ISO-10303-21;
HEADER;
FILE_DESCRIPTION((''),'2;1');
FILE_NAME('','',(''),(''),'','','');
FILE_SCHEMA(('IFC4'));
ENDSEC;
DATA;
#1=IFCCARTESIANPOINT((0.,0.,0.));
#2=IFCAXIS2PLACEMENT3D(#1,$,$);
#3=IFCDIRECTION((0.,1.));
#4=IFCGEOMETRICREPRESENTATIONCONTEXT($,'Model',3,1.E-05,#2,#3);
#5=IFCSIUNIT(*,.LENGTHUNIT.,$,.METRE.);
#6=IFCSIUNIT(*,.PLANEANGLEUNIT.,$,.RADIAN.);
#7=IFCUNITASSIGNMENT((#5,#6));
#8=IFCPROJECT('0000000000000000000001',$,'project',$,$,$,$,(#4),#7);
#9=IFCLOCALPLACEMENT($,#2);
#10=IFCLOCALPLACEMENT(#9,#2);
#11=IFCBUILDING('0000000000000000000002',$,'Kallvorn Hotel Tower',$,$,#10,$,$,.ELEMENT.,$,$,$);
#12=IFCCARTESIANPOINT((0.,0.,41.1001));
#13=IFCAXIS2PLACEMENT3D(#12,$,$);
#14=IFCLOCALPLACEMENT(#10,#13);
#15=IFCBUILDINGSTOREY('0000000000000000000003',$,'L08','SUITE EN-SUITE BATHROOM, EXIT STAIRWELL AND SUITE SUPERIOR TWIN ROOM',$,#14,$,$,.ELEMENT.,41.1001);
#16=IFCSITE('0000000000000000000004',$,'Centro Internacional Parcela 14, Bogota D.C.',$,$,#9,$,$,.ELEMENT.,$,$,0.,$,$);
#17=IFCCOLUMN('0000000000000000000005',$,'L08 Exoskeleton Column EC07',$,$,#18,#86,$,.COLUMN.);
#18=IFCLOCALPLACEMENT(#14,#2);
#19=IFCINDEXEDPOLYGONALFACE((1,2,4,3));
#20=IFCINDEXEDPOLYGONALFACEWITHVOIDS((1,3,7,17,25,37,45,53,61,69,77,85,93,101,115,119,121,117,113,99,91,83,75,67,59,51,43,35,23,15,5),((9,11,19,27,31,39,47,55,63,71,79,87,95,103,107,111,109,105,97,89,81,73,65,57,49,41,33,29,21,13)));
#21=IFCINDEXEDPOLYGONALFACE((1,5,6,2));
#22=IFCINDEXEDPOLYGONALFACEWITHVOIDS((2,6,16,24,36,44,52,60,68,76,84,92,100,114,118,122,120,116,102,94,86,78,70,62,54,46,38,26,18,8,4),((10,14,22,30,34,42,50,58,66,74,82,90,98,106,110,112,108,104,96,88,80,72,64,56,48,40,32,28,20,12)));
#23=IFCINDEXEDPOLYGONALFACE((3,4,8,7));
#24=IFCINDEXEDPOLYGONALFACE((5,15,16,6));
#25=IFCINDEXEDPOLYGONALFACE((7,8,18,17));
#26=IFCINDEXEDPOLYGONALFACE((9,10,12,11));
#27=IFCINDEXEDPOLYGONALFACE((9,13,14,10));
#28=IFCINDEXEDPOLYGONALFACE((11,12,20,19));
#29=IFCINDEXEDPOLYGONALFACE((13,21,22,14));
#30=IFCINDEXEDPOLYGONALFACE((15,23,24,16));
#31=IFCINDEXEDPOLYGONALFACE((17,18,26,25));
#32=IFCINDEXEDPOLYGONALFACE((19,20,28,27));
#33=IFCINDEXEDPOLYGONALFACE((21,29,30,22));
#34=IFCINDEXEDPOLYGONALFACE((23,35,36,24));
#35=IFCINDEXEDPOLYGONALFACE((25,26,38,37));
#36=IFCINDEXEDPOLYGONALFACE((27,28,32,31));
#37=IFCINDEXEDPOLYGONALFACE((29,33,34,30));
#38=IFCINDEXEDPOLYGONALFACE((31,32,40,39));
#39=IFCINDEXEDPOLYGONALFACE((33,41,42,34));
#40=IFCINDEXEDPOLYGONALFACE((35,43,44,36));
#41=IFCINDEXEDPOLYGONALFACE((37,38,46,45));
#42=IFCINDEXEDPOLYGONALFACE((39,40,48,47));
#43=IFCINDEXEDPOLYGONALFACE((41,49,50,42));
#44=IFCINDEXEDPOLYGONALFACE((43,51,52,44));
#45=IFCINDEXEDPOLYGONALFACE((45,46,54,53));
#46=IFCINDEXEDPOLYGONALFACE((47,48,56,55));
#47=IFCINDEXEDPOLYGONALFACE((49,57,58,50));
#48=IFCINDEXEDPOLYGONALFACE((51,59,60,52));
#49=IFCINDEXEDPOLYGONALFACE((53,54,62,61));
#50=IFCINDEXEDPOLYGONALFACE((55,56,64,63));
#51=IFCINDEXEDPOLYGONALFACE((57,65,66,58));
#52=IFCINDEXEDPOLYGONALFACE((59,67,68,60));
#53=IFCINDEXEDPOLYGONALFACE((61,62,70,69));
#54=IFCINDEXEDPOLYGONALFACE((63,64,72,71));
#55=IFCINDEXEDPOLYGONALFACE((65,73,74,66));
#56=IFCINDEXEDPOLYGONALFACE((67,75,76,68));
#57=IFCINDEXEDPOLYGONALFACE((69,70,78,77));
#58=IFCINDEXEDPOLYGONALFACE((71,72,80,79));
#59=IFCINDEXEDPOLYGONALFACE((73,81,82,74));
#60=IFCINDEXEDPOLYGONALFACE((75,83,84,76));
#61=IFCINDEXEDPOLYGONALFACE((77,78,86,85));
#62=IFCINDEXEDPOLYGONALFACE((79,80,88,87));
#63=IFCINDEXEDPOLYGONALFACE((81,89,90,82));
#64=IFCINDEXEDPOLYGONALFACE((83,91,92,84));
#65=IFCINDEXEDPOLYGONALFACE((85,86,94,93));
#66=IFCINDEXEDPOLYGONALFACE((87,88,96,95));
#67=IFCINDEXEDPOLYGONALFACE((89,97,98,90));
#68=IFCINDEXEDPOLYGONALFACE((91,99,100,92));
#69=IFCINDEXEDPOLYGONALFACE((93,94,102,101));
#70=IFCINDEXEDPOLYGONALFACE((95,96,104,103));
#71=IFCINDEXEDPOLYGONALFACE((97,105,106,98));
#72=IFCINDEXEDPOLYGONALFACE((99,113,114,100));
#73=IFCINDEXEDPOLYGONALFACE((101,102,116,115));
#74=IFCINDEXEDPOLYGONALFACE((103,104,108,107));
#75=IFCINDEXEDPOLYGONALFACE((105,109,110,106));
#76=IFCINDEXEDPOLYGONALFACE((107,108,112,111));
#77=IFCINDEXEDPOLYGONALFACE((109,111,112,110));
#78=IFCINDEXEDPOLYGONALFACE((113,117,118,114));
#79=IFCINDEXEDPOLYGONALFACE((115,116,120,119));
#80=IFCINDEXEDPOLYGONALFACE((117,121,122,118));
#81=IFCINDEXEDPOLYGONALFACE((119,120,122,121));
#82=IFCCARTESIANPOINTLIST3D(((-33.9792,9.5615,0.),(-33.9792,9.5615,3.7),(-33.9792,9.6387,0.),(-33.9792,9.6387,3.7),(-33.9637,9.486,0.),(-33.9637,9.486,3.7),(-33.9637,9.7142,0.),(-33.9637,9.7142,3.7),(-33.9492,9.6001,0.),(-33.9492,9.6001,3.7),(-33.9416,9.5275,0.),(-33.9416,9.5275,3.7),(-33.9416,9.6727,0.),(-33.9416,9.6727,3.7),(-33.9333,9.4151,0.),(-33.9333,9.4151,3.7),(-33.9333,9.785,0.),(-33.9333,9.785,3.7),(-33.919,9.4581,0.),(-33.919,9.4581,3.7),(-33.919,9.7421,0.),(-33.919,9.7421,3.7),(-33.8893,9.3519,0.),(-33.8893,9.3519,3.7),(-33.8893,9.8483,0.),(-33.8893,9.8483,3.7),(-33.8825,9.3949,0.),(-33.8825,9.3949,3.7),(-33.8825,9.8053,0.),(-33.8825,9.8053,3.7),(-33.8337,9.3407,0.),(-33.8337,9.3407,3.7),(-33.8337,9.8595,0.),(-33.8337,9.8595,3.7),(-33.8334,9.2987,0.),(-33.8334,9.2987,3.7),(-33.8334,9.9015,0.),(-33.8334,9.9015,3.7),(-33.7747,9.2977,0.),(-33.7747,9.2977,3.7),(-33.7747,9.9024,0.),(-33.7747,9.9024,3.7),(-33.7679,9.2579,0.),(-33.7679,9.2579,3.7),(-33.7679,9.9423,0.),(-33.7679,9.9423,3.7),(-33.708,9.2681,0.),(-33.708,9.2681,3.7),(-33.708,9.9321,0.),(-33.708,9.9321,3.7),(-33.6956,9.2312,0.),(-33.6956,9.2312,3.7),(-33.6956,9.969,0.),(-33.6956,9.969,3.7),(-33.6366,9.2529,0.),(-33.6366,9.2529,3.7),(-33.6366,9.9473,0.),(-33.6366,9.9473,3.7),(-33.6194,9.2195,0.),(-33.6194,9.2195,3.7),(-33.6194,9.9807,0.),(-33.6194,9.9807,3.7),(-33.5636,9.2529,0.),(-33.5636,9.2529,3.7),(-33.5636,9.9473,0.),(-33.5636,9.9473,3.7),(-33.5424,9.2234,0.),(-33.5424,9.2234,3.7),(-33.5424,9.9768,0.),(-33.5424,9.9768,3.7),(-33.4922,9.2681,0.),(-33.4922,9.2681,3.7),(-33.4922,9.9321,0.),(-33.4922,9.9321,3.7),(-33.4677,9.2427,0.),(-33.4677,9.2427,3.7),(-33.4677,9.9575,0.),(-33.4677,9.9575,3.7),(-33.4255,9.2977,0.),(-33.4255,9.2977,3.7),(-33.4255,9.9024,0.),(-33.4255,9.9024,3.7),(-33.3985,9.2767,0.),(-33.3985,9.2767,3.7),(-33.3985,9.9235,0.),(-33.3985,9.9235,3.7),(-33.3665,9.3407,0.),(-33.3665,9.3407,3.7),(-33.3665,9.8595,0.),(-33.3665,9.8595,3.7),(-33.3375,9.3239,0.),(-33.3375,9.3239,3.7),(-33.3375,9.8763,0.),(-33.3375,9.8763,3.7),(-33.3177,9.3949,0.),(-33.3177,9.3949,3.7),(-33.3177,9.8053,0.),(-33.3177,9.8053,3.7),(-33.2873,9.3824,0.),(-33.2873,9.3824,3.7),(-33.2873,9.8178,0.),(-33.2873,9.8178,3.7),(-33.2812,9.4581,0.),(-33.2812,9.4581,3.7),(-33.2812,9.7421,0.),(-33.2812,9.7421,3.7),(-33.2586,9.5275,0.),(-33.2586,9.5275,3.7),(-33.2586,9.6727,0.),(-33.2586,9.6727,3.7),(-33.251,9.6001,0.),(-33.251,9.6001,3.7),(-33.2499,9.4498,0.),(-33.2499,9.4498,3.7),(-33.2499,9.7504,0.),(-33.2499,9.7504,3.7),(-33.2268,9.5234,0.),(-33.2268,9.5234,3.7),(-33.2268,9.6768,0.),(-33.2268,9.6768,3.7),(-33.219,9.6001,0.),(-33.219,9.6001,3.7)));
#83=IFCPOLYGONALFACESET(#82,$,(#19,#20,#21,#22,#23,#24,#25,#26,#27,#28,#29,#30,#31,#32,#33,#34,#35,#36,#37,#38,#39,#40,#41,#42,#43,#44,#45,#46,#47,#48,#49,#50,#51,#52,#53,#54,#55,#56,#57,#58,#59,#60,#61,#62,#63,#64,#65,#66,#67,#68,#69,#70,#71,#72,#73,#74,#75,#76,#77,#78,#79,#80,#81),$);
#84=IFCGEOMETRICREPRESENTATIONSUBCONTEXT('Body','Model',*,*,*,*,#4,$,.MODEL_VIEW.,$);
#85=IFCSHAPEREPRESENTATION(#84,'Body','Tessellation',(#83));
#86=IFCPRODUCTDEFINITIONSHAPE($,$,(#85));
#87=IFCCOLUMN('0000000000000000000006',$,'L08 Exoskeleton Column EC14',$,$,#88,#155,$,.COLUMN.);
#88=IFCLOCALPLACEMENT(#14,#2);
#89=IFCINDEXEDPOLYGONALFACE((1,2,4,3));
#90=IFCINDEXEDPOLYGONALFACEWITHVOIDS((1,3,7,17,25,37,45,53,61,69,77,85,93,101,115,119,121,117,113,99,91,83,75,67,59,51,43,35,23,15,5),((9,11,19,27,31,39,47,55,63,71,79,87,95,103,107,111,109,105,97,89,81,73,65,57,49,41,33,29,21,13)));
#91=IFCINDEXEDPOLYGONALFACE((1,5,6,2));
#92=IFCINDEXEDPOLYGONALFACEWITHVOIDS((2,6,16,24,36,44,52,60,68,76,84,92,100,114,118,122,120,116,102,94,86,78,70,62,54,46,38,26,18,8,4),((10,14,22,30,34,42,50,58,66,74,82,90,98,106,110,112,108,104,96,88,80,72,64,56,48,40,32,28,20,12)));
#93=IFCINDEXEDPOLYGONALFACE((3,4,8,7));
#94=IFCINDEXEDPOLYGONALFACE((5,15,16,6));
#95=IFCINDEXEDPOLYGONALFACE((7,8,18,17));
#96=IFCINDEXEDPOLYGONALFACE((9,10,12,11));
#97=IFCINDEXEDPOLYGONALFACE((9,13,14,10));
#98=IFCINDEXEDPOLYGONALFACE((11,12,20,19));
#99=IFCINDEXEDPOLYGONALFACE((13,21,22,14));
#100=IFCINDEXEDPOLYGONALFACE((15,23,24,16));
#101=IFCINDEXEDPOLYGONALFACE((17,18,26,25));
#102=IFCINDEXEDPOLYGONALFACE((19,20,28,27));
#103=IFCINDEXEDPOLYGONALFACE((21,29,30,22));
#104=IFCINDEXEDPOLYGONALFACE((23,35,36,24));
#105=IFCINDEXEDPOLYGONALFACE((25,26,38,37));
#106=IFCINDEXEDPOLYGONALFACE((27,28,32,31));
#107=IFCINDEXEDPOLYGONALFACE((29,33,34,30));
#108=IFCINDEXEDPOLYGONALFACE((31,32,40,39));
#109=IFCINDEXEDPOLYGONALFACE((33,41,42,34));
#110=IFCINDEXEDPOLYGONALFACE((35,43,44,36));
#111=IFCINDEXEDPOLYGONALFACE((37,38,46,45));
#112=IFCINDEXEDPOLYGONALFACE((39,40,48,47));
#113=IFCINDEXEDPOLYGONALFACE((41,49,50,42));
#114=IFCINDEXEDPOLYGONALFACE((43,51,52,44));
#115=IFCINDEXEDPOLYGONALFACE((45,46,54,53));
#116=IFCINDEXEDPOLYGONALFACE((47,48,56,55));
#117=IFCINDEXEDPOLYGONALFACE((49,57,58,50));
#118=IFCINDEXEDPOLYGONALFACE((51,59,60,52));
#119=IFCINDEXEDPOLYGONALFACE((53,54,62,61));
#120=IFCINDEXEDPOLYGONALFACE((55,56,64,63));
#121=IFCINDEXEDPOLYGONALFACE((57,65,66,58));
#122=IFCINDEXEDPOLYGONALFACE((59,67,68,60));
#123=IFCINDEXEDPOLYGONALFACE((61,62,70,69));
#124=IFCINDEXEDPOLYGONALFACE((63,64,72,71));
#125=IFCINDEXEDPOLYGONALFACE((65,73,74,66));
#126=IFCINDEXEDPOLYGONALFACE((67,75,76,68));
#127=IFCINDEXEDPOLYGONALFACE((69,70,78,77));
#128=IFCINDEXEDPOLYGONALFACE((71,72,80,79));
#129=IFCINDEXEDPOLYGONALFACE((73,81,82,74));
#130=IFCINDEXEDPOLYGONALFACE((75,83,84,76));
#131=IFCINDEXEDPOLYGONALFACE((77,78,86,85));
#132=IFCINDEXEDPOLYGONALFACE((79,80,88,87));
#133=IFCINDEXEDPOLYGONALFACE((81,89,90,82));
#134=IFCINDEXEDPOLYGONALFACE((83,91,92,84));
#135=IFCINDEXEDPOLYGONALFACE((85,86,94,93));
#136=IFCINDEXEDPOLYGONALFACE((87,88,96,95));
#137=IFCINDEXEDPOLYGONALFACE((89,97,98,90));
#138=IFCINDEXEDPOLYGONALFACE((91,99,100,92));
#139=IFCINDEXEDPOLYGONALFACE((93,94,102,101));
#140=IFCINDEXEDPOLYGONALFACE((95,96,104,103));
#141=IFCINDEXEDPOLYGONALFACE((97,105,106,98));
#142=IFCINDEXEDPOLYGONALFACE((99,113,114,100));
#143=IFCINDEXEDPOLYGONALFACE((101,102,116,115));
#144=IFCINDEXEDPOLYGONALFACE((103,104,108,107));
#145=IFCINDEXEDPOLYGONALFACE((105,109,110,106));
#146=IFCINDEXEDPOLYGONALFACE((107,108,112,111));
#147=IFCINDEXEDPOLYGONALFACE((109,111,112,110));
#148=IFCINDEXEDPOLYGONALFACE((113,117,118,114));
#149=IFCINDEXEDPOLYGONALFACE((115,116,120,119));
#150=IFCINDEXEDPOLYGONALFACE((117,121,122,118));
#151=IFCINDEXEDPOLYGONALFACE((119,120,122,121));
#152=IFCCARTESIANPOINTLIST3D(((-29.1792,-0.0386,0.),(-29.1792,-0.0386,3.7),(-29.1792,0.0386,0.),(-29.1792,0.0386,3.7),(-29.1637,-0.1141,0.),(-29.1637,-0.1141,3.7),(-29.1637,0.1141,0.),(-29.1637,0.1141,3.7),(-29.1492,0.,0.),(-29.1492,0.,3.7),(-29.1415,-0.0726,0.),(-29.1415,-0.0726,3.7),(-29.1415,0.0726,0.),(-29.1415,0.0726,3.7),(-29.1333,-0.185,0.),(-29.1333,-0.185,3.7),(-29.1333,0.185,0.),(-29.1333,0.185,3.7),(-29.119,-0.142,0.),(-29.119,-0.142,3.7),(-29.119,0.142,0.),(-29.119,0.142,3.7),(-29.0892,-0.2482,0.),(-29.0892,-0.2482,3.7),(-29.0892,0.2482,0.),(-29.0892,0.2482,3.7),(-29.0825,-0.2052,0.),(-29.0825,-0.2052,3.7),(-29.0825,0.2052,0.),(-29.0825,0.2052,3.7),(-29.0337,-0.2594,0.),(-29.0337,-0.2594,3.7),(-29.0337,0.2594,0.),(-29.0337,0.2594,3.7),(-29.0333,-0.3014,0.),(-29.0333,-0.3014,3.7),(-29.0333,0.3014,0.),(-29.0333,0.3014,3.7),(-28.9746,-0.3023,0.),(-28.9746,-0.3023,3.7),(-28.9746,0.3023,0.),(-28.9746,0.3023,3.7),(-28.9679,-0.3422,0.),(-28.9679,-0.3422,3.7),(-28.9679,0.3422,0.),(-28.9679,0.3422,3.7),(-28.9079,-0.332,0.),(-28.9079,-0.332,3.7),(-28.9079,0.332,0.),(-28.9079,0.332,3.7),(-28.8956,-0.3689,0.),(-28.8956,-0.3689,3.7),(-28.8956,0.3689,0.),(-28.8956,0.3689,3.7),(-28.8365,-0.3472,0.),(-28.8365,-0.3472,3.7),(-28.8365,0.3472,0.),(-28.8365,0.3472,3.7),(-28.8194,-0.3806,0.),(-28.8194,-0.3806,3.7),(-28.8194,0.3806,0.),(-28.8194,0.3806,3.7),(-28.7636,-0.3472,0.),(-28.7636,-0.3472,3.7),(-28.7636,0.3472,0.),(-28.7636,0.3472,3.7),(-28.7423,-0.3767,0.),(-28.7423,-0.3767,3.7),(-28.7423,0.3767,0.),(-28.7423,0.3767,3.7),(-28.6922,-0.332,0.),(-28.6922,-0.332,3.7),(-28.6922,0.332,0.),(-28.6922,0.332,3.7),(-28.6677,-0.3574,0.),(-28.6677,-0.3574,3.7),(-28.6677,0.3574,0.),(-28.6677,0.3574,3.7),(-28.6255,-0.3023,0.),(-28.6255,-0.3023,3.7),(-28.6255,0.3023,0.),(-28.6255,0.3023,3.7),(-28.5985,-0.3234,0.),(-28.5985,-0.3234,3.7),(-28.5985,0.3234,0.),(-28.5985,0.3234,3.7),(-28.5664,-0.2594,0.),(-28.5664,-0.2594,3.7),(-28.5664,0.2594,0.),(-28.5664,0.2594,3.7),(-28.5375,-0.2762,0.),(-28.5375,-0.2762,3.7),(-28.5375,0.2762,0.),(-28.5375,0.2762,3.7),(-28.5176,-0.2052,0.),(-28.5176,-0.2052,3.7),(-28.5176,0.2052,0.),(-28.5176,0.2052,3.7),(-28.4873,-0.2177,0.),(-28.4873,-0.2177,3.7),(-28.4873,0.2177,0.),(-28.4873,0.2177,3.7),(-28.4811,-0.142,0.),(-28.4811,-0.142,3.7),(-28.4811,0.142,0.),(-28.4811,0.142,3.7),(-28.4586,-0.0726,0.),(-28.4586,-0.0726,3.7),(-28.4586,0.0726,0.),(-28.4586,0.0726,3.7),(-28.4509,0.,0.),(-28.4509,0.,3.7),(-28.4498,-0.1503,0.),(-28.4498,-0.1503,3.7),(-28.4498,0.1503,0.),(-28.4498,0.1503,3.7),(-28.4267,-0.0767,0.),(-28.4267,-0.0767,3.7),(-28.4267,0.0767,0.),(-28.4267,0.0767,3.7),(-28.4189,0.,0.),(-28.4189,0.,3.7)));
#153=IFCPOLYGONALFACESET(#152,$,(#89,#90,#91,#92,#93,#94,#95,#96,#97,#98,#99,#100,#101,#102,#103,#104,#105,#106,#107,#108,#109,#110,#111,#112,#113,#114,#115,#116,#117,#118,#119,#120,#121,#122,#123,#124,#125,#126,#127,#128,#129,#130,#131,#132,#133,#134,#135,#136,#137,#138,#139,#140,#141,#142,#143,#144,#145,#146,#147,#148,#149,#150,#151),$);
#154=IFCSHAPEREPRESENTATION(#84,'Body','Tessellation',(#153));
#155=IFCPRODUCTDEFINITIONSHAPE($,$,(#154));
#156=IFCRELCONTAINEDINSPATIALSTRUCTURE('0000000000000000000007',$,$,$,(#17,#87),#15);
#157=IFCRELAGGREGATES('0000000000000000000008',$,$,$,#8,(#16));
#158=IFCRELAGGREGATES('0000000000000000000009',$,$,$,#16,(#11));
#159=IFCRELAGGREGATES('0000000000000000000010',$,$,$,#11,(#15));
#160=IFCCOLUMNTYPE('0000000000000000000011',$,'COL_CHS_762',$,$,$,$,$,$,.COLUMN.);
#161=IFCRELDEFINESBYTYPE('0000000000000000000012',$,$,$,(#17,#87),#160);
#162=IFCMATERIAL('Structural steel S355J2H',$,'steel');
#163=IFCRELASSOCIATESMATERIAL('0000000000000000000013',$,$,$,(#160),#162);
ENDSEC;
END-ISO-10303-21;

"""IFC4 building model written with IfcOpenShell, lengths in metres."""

from ifc_helpers import new_model, si_unit, direction, frame, origin, origin_2d, place, context, subcontext, project, spatial, hollow_circle, extrude, material, material_profile, profile_set, type_object, element, save


model = new_model("IFC4")

# Units and contexts
model_context = context("Model", 3, precision=1e-05, world=origin(), true_north=direction((0.0, 1.0)))
body_context = subcontext(model_context, "Body", "Model", "MODEL_VIEW")
ifc_project = project(units=[si_unit("LENGTHUNIT", "METRE"), si_unit("PLANEANGLEUNIT", "RADIAN")], contexts=[model_context])

# Site, building, storey
site_placement = place(None, origin())
site = spatial("IfcSite", under=ifc_project, at=site_placement, Name="Centro Internacional Parcela 14, Bogota D.C.", CompositionType="ELEMENT", RefElevation=0.0)
building_placement = place(site_placement, origin())
building = spatial("IfcBuilding", under=site, at=building_placement, Name="Kallvorn Hotel Tower", CompositionType="ELEMENT")
storey_placement = place(building_placement, frame((0.0, 0.0, 41.1001)))
storey = spatial("IfcBuildingStorey", under=building, at=storey_placement, Name="L08", Description="SUITE EN-SUITE BATHROOM, EXIT STAIRWELL AND SUITE SUPERIOR TWIN ROOM", CompositionType="ELEMENT", Elevation=41.1001)

# Columns
ifc_material_1 = material(Name="Structural steel S355J2H", Category="steel")
ifc_material_profile_1 = material_profile(ifc_material_1, hollow_circle(Radius=0.3811, WallThickness=0.032, at=origin_2d()), Name="CHS 762x32")
ifc_profile_set_1 = profile_set([ifc_material_profile_1], Name="Structural steel S355J2H")
column_type = type_object("IfcColumnType", Name="COL_CHS_762", PredefinedType="COLUMN", material=ifc_profile_set_1)
for number, where, z_axis, x_axis, name in (
    (1, (-33.6001, 9.6001, 0.0), (0.0, 0.0, 1.0), (1.0, 0.0, 0.0), "L08 Exoskeleton Column EC07"),
    (2, (-28.8, 0.0, 0.0), (0.0, 0.0, 1.0), (1.0, 0.0, 0.0), "L08 Exoskeleton Column EC14"),
):
    element("IfcColumn", number, at=place(storey_placement, frame(where, z_axis=z_axis, x_axis=x_axis)), inside=storey, type_object=column_type, Name=name, PredefinedType="COLUMN", context=body_context, shape_type="SweptSolid", body=[
        extrude(hollow_circle(Radius=0.3811, WallThickness=0.032, at=origin_2d()), origin(), (0.0, 0.0, 1.0), 3.7),
    ])

save(model, "model.ifc")
